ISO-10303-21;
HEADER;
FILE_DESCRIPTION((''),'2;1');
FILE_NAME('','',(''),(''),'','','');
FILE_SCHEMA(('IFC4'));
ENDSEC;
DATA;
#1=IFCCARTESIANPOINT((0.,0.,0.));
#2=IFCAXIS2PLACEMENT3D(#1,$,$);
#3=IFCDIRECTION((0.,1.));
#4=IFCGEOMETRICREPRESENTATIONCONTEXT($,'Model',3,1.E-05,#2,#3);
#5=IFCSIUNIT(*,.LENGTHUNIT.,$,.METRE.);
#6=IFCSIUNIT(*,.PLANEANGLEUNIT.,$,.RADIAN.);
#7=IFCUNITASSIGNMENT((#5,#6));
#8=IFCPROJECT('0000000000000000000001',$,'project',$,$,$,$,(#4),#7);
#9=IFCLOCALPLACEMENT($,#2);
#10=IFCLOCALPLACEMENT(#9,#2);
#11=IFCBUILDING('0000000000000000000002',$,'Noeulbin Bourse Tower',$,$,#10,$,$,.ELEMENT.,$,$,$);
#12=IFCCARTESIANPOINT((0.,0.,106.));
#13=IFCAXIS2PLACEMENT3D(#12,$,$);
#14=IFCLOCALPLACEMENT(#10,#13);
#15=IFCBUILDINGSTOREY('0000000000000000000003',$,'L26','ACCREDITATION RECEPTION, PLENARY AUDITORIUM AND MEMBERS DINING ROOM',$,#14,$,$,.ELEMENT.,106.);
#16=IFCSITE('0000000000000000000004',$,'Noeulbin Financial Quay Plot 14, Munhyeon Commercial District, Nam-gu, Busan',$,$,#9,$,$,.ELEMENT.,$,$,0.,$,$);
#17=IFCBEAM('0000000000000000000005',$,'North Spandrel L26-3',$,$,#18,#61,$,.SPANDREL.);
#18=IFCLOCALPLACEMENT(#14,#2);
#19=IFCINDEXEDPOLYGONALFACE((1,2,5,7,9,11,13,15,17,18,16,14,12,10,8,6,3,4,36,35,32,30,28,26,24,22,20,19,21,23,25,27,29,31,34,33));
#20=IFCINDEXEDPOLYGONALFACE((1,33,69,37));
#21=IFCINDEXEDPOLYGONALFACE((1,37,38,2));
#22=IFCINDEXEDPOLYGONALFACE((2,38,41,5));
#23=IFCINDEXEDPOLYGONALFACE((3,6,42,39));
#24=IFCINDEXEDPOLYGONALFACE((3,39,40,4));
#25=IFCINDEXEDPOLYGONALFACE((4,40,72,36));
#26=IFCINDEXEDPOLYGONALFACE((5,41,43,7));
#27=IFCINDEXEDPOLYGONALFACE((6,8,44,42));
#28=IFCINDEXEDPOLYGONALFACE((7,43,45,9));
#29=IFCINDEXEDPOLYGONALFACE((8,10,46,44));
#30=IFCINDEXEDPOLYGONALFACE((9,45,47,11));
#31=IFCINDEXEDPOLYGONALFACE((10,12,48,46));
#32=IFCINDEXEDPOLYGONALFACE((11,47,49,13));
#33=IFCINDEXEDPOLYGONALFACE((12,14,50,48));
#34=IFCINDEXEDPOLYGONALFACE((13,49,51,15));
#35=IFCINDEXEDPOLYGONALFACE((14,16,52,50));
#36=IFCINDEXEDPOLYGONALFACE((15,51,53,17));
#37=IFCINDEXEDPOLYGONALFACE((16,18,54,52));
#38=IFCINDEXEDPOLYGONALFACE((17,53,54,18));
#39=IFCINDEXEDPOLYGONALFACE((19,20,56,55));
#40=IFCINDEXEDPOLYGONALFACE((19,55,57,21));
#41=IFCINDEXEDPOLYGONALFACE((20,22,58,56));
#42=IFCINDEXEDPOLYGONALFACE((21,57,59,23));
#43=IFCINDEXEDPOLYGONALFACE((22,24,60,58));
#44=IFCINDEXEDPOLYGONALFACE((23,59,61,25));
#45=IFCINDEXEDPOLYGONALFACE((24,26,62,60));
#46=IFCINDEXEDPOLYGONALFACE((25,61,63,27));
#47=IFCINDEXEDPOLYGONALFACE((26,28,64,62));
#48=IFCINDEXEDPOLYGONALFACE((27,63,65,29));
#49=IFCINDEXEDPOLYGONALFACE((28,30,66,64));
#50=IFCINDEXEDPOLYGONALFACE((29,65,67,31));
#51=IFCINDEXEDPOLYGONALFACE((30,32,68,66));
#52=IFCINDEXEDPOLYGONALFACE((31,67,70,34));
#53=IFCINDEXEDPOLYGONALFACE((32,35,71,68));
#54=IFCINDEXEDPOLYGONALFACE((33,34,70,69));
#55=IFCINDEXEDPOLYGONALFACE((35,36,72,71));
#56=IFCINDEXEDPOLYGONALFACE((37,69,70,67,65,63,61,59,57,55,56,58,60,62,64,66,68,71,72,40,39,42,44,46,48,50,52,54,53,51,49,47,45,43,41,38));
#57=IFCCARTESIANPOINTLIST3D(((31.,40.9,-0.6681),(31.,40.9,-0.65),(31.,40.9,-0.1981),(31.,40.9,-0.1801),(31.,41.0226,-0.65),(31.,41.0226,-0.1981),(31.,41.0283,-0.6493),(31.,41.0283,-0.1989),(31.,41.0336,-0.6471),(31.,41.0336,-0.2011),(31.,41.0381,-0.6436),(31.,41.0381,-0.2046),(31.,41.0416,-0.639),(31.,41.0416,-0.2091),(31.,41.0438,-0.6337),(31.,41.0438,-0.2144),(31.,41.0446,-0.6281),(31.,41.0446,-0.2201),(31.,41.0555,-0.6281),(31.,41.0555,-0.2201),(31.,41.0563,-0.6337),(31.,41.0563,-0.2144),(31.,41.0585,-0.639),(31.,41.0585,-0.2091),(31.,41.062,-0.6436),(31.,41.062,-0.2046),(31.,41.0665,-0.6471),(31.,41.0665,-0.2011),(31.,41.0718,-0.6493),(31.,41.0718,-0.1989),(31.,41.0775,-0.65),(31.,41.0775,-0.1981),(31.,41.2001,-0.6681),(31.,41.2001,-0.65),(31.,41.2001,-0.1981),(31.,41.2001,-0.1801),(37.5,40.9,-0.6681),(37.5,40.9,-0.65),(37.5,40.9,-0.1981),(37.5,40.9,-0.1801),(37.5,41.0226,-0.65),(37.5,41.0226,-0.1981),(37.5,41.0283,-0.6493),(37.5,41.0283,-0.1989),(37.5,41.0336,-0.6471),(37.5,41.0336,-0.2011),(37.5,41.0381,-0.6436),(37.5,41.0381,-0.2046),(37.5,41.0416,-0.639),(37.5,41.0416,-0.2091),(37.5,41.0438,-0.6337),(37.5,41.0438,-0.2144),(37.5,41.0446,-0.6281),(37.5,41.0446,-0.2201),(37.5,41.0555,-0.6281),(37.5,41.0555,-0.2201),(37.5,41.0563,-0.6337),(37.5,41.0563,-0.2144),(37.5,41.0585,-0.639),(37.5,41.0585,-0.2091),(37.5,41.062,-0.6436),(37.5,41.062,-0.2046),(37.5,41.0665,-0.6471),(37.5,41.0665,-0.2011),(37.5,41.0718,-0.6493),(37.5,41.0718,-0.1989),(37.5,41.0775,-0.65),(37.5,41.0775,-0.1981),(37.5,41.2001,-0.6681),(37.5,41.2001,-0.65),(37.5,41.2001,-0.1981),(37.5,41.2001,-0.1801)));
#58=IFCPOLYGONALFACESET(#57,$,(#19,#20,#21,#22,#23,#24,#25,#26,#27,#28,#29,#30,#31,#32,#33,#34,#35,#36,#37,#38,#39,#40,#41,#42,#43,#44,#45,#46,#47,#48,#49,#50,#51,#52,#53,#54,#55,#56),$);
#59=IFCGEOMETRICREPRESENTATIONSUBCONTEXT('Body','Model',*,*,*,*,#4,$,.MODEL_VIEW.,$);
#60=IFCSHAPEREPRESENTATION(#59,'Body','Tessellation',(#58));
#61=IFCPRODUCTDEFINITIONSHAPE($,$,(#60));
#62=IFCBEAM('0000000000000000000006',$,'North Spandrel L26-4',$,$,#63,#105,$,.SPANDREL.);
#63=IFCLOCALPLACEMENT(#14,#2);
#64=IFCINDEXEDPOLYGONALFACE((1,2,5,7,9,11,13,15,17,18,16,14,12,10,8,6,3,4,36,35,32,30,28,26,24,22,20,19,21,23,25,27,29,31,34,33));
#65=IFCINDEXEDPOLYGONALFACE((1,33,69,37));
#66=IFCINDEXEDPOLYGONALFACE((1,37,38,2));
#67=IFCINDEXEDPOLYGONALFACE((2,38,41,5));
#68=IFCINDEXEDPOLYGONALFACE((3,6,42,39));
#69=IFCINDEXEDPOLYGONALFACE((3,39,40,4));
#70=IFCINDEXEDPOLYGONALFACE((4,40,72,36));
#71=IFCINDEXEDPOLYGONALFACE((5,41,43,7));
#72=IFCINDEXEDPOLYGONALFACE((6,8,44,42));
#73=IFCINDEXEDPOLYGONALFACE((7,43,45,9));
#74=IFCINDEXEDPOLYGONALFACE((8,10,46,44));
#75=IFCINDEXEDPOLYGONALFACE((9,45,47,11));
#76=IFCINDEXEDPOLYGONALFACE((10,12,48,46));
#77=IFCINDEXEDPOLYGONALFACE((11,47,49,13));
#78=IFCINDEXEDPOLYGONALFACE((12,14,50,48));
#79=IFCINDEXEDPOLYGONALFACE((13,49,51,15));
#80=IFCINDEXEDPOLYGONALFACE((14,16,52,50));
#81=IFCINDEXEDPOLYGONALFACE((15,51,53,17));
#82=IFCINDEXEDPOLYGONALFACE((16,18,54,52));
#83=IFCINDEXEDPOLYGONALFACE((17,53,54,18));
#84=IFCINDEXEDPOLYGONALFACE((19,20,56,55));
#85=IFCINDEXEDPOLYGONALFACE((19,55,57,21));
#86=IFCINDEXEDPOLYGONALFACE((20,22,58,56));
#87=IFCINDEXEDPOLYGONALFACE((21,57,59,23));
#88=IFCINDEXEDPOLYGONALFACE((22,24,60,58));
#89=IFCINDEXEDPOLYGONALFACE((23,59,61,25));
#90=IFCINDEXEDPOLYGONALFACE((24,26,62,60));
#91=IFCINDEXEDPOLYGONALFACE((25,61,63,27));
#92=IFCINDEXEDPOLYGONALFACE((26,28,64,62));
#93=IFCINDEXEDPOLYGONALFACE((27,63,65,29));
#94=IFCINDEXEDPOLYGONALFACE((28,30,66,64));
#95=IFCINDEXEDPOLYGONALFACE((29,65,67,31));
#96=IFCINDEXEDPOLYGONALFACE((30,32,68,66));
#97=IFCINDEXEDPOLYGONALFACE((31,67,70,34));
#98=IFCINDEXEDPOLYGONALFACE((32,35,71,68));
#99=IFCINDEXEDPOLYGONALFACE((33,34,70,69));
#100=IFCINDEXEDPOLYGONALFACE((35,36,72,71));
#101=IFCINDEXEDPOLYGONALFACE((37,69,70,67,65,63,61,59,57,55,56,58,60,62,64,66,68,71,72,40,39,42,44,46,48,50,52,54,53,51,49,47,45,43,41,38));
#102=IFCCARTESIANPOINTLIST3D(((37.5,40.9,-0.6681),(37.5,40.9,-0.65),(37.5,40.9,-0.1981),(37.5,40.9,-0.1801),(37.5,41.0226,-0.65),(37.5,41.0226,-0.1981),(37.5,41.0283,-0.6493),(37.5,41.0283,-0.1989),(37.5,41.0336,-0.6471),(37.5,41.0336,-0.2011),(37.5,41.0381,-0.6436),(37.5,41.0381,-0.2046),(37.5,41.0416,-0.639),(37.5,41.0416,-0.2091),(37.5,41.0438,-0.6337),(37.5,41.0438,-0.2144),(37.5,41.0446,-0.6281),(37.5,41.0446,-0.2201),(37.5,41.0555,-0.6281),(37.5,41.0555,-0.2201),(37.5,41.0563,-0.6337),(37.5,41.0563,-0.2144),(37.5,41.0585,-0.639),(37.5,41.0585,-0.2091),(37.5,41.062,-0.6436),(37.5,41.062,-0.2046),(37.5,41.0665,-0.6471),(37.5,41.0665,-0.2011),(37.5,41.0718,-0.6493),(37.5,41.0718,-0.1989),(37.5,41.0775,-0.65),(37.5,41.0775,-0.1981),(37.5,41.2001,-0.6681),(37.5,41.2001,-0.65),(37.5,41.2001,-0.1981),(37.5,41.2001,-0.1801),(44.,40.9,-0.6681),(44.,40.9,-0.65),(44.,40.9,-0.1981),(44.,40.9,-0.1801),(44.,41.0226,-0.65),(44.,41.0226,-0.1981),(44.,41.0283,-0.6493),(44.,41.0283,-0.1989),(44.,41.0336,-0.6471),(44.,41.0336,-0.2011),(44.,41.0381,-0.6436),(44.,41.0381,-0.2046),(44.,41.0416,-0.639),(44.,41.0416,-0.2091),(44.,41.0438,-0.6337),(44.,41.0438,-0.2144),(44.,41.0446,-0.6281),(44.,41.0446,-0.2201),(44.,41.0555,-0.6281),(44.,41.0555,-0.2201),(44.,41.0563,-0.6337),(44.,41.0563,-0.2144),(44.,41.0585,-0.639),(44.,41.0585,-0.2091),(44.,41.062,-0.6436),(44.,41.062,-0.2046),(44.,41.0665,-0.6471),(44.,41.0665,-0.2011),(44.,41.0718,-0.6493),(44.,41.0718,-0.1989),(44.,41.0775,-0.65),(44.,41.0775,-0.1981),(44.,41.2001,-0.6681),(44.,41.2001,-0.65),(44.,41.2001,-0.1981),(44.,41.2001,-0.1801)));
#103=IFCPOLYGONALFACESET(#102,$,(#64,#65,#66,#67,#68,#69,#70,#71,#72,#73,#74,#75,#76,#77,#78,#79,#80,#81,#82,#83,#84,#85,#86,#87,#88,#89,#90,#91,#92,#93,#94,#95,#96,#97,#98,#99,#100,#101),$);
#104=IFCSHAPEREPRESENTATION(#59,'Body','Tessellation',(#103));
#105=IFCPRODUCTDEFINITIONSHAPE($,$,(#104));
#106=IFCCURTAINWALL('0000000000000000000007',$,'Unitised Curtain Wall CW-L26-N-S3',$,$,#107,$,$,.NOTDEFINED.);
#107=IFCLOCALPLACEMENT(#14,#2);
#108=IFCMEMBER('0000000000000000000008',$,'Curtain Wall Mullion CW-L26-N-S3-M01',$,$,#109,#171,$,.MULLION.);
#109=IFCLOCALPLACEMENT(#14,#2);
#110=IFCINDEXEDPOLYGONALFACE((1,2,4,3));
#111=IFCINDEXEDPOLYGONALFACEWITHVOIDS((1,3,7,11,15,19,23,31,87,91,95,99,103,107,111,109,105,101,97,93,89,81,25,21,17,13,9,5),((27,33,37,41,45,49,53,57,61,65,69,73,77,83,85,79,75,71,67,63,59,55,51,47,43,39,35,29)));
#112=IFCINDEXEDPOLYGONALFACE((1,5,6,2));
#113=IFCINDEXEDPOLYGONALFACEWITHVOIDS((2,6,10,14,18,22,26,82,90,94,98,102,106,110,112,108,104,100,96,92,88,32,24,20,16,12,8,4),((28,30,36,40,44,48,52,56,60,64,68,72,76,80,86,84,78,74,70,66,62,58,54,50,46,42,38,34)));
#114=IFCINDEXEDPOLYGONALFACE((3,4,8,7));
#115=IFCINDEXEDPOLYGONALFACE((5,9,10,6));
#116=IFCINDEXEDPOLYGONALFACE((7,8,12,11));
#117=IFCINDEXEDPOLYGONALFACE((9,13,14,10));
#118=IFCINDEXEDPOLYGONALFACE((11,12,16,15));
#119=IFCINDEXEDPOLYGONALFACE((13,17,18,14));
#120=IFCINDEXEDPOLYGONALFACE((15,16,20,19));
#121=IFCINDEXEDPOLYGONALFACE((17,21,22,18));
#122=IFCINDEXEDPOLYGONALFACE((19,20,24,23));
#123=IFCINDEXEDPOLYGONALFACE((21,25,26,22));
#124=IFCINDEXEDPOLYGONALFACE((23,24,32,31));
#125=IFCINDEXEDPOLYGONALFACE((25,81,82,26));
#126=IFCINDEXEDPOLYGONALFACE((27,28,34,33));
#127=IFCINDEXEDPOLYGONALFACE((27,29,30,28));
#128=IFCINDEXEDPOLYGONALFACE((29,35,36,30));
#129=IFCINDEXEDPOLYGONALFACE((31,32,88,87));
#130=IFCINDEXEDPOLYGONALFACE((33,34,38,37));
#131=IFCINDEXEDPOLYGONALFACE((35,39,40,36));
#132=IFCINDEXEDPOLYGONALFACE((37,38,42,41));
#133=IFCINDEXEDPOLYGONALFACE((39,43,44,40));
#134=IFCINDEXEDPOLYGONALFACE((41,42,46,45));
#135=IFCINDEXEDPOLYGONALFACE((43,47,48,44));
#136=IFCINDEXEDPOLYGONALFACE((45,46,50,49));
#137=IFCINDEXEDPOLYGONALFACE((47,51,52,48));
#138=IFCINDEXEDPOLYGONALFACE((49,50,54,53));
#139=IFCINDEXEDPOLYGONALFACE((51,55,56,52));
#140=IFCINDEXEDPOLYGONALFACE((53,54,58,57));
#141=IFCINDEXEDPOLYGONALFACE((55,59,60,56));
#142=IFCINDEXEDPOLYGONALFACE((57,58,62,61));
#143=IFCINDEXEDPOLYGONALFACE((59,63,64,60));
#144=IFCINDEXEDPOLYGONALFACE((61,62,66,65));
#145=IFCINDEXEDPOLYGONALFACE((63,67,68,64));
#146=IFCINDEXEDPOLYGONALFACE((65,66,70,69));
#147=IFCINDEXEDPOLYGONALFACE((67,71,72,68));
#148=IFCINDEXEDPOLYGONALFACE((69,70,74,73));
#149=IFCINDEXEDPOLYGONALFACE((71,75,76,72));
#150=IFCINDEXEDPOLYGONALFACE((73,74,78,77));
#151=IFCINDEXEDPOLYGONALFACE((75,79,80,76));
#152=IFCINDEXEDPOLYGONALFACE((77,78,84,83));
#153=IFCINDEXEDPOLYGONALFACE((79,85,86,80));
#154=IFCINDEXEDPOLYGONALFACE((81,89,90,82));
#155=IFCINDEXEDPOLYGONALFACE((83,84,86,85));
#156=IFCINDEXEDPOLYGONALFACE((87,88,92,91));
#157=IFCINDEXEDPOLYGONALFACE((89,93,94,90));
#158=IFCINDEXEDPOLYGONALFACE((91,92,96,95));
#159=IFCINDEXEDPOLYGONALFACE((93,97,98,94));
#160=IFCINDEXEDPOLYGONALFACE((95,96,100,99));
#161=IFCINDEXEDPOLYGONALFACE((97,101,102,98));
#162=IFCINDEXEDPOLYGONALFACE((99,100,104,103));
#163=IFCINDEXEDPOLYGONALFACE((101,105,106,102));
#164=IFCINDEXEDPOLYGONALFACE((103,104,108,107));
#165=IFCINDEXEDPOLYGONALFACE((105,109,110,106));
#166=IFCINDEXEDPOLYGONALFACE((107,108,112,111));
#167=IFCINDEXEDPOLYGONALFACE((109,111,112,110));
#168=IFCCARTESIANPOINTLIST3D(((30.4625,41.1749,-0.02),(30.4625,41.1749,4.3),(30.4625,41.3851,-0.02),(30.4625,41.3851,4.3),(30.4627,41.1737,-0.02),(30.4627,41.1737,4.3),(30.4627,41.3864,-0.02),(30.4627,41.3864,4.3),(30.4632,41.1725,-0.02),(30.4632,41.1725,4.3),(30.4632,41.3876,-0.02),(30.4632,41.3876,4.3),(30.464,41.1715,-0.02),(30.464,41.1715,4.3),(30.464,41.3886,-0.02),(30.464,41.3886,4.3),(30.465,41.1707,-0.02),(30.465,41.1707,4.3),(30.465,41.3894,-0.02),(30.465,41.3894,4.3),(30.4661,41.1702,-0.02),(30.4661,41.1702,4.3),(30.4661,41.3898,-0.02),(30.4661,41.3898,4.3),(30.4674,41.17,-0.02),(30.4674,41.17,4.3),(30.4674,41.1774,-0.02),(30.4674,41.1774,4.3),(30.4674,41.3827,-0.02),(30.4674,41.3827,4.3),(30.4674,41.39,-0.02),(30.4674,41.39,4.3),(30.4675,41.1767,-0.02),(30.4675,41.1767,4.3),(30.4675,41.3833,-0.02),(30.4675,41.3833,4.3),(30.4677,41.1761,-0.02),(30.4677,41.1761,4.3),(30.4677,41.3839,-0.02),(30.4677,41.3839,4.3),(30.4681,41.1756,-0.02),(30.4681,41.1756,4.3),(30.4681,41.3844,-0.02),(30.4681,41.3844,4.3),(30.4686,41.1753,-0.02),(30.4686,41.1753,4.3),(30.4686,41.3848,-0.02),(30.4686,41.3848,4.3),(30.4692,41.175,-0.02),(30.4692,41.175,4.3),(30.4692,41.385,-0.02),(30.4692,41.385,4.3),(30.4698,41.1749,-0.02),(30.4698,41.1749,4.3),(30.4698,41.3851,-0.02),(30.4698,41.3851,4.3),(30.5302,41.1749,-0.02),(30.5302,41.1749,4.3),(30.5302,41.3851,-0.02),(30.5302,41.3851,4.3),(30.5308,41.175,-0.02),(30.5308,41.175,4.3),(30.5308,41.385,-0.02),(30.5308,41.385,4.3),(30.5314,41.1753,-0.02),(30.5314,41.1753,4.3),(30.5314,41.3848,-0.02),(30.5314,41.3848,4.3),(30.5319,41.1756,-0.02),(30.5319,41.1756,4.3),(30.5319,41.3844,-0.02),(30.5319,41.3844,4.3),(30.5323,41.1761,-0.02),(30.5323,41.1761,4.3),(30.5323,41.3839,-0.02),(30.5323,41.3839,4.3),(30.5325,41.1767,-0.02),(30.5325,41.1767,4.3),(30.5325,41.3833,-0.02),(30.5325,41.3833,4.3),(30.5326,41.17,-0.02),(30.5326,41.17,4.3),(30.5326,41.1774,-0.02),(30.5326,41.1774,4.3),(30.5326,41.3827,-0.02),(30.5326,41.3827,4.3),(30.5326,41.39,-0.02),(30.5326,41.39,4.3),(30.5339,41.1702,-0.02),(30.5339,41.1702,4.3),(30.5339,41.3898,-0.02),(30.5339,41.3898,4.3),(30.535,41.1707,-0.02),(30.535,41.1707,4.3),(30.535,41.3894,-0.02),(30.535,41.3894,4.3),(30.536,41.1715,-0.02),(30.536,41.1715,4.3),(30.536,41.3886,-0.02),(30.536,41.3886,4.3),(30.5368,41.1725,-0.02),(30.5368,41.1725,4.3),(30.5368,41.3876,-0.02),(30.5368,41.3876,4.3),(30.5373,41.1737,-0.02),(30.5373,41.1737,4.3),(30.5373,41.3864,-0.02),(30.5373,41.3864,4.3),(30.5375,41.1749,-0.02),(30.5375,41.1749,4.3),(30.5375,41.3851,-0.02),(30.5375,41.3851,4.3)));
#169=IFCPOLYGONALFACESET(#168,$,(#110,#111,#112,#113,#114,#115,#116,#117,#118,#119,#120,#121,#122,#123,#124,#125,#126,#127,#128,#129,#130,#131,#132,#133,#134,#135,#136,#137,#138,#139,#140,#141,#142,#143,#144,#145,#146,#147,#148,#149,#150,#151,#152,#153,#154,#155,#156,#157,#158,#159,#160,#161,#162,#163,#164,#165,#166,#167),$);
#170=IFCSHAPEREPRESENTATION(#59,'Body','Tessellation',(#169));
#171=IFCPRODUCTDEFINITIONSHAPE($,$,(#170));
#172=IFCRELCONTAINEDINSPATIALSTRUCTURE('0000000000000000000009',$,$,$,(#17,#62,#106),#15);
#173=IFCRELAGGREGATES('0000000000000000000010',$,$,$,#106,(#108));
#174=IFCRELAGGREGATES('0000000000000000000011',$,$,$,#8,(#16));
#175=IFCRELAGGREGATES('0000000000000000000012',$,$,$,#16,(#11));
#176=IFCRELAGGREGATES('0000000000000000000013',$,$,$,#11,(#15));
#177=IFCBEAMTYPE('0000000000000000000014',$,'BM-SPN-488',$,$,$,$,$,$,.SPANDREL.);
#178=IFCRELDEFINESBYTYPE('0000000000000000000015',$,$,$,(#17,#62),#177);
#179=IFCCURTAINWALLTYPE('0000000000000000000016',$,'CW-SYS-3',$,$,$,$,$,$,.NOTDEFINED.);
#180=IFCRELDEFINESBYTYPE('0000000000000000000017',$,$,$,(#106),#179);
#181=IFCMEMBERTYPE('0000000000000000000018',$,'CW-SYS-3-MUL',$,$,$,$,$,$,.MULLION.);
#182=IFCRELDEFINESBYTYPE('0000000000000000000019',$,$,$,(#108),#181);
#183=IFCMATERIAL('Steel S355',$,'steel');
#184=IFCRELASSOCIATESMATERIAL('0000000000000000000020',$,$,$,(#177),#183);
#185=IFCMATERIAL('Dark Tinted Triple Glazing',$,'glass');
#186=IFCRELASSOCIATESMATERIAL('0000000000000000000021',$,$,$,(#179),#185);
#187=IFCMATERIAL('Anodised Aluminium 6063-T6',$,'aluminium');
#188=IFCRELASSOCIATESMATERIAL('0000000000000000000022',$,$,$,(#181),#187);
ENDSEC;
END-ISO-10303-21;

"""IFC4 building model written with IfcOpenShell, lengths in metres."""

from ifc_helpers import new_model, si_unit, direction, frame, origin, origin_2d, place, context, subcontext, project, spatial, hollow_rectangle, i_section, extrude, material, material_profile, profile_set, type_object, element, aggregate, save


model = new_model("IFC4")

# Units and contexts
model_context = context("Model", 3, precision=1e-05, world=origin(), true_north=direction((0.0, 1.0)))
body_context = subcontext(model_context, "Body", "Model", "MODEL_VIEW")
ifc_project = project(units=[si_unit("LENGTHUNIT", "METRE"), si_unit("PLANEANGLEUNIT", "RADIAN")], contexts=[model_context])

# Site, building, storey
site_placement = place(None, origin())
site = spatial("IfcSite", under=ifc_project, at=site_placement, Name="Noeulbin Financial Quay Plot 14, Munhyeon Commercial District, Nam-gu, Busan", CompositionType="ELEMENT", RefElevation=0.0)
building_placement = place(site_placement, origin())
building = spatial("IfcBuilding", under=site, at=building_placement, Name="Noeulbin Bourse Tower", CompositionType="ELEMENT")
storey_placement = place(building_placement, frame((0.0, 0.0, 106.0)))
storey = spatial("IfcBuildingStorey", under=building, at=storey_placement, Name="L26", Description="ACCREDITATION RECEPTION, PLENARY AUDITORIUM AND MEMBERS DINING ROOM", CompositionType="ELEMENT", Elevation=106.0)

# Shared definitions
ifc_material_1 = material(Name="Steel S355", Category="steel")

# Beams
ifc_material_profile_1 = material_profile(ifc_material_1, i_section(OverallWidth=0.3, OverallDepth=0.488, WebThickness=0.011, FlangeThickness=0.0181, FilletRadius=0.022, at=origin_2d()), Name="H-488x300x11x18", Category="LoadBearing")
ifc_profile_set_1 = profile_set([ifc_material_profile_1], Name="Steel S355")
beam_type_1 = type_object("IfcBeamType", Name="BM-SPN-488", PredefinedType="SPANDREL", material=ifc_profile_set_1)
for number, where, z_axis, x_axis, name in (
    (1, (31.0, 41.05, -0.4241), (1.0, 0.0, 0.0), (0.0, 1.0, 0.0), "North Spandrel L26-3"),
    (2, (37.5, 41.05, -0.4241), (1.0, 0.0, 0.0), (0.0, 1.0, 0.0), "North Spandrel L26-4"),
):
    element("IfcBeam", number, at=place(storey_placement, frame(where, z_axis=z_axis, x_axis=x_axis)), inside=storey, type_object=beam_type_1, Name=name, PredefinedType="SPANDREL", context=body_context, shape_type="SweptSolid", body=[
        extrude(i_section(OverallWidth=0.3, OverallDepth=0.488, WebThickness=0.011, FlangeThickness=0.0181, FilletRadius=0.022, at=origin_2d()), origin(), (0.0, 0.0, 1.0), 6.5),
    ])

# Curtain wall, member
ifc_material_2 = material(Name="Dark Tinted Triple Glazing", Category="glass")
curtain_wall_type = type_object("IfcCurtainWallType", Name="CW-SYS-3", PredefinedType="NOTDEFINED", material=ifc_material_2)
curtain_wall_1_placement = place(storey_placement, origin())
curtain_wall_1 = element("IfcCurtainWall", 3, at=curtain_wall_1_placement, inside=storey, type_object=curtain_wall_type, Name="Unitised Curtain Wall CW-L26-N-S3", PredefinedType="NOTDEFINED")
ifc_material_3 = material(Name="Anodised Aluminium 6063-T6", Category="aluminium")
ifc_material_profile_2 = material_profile(ifc_material_3, hollow_rectangle(XDim=0.075, YDim=0.22, WallThickness=0.0049, InnerFilletRadius=0.0024, OuterFilletRadius=0.0049, at=origin_2d()), Name="ALU-MULL-75x220x5", Category="LoadBearing")
ifc_profile_set_2 = profile_set([ifc_material_profile_2], Name="Anodised Aluminium 6063-T6")
member_type_1 = type_object("IfcMemberType", Name="CW-SYS-3-MUL", PredefinedType="MULLION", material=ifc_profile_set_2)
member_1_placement = place(storey_placement, frame((30.5, 41.28, -0.02), z_axis=(0.0, 0.0, 1.0), x_axis=(1.0, 0.0, 0.0)))
member_1 = element("IfcMember", 4, at=member_1_placement, type_object=member_type_1, Name="Curtain Wall Mullion CW-L26-N-S3-M01", PredefinedType="MULLION", context=body_context, shape_type="SweptSolid", body=[
    extrude(hollow_rectangle(XDim=0.075, YDim=0.22, WallThickness=0.0049, InnerFilletRadius=0.0024, OuterFilletRadius=0.0049, at=origin_2d()), origin(), (0.0, 0.0, 1.0), 4.3201),
])
aggregate(curtain_wall_1, [member_1])

save(model, "model.ifc")
